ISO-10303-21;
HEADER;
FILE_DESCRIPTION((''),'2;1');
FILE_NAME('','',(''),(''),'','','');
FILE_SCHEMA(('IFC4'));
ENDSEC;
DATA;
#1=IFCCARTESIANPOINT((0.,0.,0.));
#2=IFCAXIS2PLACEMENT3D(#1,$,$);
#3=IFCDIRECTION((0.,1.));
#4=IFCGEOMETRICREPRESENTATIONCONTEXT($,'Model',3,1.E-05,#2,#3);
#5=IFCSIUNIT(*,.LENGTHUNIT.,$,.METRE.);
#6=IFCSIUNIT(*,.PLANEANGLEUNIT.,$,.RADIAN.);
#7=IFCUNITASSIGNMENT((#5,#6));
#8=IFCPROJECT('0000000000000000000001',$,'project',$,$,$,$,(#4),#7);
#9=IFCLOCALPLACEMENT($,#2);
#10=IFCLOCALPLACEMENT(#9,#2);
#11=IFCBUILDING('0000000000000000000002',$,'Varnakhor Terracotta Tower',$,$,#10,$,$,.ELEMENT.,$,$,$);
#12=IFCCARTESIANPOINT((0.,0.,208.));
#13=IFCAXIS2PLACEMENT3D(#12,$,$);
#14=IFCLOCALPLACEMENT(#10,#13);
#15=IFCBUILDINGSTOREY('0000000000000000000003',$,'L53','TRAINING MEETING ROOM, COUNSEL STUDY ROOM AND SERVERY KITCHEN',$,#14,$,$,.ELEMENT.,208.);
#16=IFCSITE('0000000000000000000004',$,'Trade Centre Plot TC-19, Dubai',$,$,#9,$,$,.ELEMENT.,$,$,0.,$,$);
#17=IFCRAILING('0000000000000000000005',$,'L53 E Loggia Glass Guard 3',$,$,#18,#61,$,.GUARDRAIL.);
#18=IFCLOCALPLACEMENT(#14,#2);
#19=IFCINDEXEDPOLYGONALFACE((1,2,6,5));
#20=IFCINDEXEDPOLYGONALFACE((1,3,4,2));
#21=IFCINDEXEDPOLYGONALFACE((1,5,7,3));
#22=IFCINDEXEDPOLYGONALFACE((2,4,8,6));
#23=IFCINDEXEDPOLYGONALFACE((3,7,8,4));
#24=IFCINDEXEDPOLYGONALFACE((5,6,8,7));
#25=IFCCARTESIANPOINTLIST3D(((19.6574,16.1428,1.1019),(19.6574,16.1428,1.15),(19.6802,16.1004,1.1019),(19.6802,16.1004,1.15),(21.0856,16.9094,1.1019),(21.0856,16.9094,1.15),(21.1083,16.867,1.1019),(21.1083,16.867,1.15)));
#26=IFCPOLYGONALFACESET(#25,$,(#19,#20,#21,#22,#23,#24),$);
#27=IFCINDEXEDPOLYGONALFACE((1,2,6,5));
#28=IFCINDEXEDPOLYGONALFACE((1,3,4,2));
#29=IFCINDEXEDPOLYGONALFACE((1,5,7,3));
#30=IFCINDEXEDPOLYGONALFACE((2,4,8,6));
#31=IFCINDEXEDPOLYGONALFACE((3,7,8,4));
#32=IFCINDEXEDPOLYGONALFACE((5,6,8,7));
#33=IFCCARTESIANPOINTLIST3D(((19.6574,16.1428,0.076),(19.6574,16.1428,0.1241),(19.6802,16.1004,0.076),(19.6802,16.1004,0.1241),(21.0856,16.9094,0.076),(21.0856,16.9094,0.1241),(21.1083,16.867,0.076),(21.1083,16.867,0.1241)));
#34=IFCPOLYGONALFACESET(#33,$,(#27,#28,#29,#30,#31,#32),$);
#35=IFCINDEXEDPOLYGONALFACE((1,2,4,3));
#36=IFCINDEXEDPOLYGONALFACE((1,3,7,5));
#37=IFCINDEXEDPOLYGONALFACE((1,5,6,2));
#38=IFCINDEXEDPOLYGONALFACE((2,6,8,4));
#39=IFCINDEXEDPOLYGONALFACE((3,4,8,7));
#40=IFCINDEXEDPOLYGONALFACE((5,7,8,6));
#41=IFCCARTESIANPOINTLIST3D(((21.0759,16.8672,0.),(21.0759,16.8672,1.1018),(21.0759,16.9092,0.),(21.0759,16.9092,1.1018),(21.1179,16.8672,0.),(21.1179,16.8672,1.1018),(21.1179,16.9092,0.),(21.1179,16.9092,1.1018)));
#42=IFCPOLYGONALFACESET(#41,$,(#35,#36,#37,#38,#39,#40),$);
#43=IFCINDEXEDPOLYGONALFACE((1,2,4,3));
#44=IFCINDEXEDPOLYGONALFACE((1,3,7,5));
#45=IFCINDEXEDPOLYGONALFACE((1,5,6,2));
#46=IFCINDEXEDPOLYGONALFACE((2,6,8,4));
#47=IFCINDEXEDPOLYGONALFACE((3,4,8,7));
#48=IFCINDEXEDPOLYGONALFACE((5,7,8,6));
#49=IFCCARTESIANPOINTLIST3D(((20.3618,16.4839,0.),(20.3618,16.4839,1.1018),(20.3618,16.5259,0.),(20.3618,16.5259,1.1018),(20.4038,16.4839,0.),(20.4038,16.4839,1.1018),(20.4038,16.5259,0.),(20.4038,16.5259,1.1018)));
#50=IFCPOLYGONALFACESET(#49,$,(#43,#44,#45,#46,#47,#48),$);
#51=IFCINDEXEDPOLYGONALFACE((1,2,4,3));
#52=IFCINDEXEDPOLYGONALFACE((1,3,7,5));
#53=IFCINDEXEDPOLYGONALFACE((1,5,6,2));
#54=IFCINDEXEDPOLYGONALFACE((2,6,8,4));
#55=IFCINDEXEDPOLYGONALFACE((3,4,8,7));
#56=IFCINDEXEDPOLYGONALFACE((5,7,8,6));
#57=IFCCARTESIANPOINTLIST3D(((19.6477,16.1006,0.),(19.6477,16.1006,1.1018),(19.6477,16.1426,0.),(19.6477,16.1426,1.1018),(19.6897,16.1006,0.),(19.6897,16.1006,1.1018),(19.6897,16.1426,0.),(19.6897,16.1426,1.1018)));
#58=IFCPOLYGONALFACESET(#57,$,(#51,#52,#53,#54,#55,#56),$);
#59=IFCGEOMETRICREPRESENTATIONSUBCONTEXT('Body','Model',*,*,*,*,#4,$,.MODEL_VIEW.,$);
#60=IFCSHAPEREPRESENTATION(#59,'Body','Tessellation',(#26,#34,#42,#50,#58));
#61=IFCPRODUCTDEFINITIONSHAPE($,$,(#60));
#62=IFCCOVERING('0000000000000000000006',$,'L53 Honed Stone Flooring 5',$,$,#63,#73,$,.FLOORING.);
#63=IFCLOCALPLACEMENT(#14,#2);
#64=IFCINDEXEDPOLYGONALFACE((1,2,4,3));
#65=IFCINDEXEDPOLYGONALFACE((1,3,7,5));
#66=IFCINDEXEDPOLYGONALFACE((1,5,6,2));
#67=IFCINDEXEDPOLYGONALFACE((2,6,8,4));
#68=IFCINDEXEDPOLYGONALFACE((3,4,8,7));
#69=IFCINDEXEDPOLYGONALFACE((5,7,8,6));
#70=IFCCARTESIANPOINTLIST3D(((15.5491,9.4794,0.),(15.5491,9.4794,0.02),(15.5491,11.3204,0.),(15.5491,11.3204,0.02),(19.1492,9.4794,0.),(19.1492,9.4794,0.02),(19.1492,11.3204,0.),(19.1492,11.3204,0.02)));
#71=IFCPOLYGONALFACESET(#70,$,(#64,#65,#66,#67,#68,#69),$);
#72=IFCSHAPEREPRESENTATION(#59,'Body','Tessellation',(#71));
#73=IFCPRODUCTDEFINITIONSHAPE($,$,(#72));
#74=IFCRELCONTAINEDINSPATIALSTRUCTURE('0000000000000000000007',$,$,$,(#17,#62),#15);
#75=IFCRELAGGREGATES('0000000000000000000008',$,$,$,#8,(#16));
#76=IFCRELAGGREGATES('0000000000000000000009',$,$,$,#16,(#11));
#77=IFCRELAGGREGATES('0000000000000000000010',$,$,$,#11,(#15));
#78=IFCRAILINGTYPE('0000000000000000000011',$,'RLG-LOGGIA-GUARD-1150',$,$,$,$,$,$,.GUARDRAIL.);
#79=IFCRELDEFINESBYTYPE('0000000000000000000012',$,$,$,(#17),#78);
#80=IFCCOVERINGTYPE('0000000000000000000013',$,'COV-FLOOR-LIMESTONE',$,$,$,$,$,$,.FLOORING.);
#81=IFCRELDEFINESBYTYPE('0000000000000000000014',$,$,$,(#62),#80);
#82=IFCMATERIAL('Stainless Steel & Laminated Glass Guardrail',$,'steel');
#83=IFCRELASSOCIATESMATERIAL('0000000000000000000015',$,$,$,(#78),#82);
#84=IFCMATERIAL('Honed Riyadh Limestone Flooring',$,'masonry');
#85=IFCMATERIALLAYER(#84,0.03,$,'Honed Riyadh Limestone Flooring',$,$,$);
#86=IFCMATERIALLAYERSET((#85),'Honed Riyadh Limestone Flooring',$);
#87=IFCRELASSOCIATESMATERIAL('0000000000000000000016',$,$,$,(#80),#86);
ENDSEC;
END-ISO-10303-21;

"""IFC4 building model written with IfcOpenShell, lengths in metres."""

from ifc_helpers import new_model, si_unit, direction, frame, origin, origin_2d, place, context, subcontext, project, spatial, rectangle, extrude, source, transform, mapped, material, layer, layer_set, type_object, element, save


model = new_model("IFC4")

# Units and contexts
model_context = context("Model", 3, precision=1e-05, world=origin(), true_north=direction((0.0, 1.0)))
body_context = subcontext(model_context, "Body", "Model", "MODEL_VIEW")
ifc_project = project(units=[si_unit("LENGTHUNIT", "METRE"), si_unit("PLANEANGLEUNIT", "RADIAN")], contexts=[model_context])

# Site, building, storey
site_placement = place(None, origin())
site = spatial("IfcSite", under=ifc_project, at=site_placement, Name="Trade Centre Plot TC-19, Dubai", CompositionType="ELEMENT", RefElevation=0.0)
building_placement = place(site_placement, origin())
building = spatial("IfcBuilding", under=site, at=building_placement, Name="Varnakhor Terracotta Tower", CompositionType="ELEMENT")
storey_placement = place(building_placement, frame((0.0, 0.0, 208.0)))
storey = spatial("IfcBuildingStorey", under=building, at=storey_placement, Name="L53", Description="TRAINING MEETING ROOM, COUNSEL STUDY ROOM AND SERVERY KITCHEN", CompositionType="ELEMENT", Elevation=208.0)

# Railing
ifc_material_1 = material(Name="Stainless Steel & Laminated Glass Guardrail", Category="steel")
railing_type = type_object("IfcRailingType", Name="RLG-LOGGIA-GUARD-1150", PredefinedType="GUARDRAIL", material=ifc_material_1)
railing_placement = place(storey_placement, frame((21.0969, 16.8882, 0.0)))
element("IfcRailing", 1, at=railing_placement, inside=storey, type_object=railing_type, Name="L53 E Loggia Glass Guard 3", PredefinedType="GUARDRAIL", context=body_context, shape_type="SweptSolid", body=[
    extrude(rectangle(XDim=0.0481, YDim=0.0481, at=origin_2d()), frame((0.0, 0.0, 1.126), z_axis=(-0.881099, -0.472932, 0.0), x_axis=(0.472932, -0.881099, 0.0)), (0.0, 0.0, 1.0), 1.6208),
    extrude(rectangle(XDim=0.0481, YDim=0.0481, at=origin_2d()), frame((0.0, 0.0, 0.1001), z_axis=(-0.881099, -0.472932, 0.0), x_axis=(0.472932, -0.881099, 0.0)), (0.0, 0.0, 1.0), 1.6208),
    extrude(rectangle(XDim=0.042, YDim=0.042, at=origin_2d()), origin(), (0.0, 0.0, 1.0), 1.1018),
    extrude(rectangle(XDim=0.042, YDim=0.042, at=origin_2d()), frame((-0.7141, -0.3833, 0.0)), (0.0, 0.0, 1.0), 1.1018),
    extrude(rectangle(XDim=0.042, YDim=0.042, at=origin_2d()), frame((-1.4282, -0.7666, 0.0)), (0.0, 0.0, 1.0), 1.1018),
])

# Covering
ifc_material_2 = material(Name="Honed Riyadh Limestone Flooring", Category="masonry")
ifc_layer_1 = layer(ifc_material_2, 0.03, Name="Honed Riyadh Limestone Flooring")
ifc_layer_set_1 = layer_set([ifc_layer_1], Name="Honed Riyadh Limestone Flooring")
covering_type = type_object("IfcCoveringType", Name="COV-FLOOR-LIMESTONE", PredefinedType="FLOORING", material=ifc_layer_set_1)
shared_shape_1 = source(origin(), body_context, "Body", "SweptSolid", [
    extrude(rectangle(XDim=3.6001, YDim=1.8411, at=origin_2d()), origin(), (0.0, 0.0, 1.0), 0.02),
])
covering_placement = place(storey_placement, frame((17.3491, 10.3999, 0.0), z_axis=(0.0, 0.0, 1.0), x_axis=(1.0, 0.0, 0.0)))
element("IfcCovering", 2, at=covering_placement, inside=storey, type_object=covering_type, Name="L53 Honed Stone Flooring 5", PredefinedType="FLOORING", context=body_context, shape_type="MappedRepresentation", body=[
    mapped(shared_shape_1, transform((0.0, 0.0, 0.0), scale=1.0)),
])

save(model, "model.ifc")
